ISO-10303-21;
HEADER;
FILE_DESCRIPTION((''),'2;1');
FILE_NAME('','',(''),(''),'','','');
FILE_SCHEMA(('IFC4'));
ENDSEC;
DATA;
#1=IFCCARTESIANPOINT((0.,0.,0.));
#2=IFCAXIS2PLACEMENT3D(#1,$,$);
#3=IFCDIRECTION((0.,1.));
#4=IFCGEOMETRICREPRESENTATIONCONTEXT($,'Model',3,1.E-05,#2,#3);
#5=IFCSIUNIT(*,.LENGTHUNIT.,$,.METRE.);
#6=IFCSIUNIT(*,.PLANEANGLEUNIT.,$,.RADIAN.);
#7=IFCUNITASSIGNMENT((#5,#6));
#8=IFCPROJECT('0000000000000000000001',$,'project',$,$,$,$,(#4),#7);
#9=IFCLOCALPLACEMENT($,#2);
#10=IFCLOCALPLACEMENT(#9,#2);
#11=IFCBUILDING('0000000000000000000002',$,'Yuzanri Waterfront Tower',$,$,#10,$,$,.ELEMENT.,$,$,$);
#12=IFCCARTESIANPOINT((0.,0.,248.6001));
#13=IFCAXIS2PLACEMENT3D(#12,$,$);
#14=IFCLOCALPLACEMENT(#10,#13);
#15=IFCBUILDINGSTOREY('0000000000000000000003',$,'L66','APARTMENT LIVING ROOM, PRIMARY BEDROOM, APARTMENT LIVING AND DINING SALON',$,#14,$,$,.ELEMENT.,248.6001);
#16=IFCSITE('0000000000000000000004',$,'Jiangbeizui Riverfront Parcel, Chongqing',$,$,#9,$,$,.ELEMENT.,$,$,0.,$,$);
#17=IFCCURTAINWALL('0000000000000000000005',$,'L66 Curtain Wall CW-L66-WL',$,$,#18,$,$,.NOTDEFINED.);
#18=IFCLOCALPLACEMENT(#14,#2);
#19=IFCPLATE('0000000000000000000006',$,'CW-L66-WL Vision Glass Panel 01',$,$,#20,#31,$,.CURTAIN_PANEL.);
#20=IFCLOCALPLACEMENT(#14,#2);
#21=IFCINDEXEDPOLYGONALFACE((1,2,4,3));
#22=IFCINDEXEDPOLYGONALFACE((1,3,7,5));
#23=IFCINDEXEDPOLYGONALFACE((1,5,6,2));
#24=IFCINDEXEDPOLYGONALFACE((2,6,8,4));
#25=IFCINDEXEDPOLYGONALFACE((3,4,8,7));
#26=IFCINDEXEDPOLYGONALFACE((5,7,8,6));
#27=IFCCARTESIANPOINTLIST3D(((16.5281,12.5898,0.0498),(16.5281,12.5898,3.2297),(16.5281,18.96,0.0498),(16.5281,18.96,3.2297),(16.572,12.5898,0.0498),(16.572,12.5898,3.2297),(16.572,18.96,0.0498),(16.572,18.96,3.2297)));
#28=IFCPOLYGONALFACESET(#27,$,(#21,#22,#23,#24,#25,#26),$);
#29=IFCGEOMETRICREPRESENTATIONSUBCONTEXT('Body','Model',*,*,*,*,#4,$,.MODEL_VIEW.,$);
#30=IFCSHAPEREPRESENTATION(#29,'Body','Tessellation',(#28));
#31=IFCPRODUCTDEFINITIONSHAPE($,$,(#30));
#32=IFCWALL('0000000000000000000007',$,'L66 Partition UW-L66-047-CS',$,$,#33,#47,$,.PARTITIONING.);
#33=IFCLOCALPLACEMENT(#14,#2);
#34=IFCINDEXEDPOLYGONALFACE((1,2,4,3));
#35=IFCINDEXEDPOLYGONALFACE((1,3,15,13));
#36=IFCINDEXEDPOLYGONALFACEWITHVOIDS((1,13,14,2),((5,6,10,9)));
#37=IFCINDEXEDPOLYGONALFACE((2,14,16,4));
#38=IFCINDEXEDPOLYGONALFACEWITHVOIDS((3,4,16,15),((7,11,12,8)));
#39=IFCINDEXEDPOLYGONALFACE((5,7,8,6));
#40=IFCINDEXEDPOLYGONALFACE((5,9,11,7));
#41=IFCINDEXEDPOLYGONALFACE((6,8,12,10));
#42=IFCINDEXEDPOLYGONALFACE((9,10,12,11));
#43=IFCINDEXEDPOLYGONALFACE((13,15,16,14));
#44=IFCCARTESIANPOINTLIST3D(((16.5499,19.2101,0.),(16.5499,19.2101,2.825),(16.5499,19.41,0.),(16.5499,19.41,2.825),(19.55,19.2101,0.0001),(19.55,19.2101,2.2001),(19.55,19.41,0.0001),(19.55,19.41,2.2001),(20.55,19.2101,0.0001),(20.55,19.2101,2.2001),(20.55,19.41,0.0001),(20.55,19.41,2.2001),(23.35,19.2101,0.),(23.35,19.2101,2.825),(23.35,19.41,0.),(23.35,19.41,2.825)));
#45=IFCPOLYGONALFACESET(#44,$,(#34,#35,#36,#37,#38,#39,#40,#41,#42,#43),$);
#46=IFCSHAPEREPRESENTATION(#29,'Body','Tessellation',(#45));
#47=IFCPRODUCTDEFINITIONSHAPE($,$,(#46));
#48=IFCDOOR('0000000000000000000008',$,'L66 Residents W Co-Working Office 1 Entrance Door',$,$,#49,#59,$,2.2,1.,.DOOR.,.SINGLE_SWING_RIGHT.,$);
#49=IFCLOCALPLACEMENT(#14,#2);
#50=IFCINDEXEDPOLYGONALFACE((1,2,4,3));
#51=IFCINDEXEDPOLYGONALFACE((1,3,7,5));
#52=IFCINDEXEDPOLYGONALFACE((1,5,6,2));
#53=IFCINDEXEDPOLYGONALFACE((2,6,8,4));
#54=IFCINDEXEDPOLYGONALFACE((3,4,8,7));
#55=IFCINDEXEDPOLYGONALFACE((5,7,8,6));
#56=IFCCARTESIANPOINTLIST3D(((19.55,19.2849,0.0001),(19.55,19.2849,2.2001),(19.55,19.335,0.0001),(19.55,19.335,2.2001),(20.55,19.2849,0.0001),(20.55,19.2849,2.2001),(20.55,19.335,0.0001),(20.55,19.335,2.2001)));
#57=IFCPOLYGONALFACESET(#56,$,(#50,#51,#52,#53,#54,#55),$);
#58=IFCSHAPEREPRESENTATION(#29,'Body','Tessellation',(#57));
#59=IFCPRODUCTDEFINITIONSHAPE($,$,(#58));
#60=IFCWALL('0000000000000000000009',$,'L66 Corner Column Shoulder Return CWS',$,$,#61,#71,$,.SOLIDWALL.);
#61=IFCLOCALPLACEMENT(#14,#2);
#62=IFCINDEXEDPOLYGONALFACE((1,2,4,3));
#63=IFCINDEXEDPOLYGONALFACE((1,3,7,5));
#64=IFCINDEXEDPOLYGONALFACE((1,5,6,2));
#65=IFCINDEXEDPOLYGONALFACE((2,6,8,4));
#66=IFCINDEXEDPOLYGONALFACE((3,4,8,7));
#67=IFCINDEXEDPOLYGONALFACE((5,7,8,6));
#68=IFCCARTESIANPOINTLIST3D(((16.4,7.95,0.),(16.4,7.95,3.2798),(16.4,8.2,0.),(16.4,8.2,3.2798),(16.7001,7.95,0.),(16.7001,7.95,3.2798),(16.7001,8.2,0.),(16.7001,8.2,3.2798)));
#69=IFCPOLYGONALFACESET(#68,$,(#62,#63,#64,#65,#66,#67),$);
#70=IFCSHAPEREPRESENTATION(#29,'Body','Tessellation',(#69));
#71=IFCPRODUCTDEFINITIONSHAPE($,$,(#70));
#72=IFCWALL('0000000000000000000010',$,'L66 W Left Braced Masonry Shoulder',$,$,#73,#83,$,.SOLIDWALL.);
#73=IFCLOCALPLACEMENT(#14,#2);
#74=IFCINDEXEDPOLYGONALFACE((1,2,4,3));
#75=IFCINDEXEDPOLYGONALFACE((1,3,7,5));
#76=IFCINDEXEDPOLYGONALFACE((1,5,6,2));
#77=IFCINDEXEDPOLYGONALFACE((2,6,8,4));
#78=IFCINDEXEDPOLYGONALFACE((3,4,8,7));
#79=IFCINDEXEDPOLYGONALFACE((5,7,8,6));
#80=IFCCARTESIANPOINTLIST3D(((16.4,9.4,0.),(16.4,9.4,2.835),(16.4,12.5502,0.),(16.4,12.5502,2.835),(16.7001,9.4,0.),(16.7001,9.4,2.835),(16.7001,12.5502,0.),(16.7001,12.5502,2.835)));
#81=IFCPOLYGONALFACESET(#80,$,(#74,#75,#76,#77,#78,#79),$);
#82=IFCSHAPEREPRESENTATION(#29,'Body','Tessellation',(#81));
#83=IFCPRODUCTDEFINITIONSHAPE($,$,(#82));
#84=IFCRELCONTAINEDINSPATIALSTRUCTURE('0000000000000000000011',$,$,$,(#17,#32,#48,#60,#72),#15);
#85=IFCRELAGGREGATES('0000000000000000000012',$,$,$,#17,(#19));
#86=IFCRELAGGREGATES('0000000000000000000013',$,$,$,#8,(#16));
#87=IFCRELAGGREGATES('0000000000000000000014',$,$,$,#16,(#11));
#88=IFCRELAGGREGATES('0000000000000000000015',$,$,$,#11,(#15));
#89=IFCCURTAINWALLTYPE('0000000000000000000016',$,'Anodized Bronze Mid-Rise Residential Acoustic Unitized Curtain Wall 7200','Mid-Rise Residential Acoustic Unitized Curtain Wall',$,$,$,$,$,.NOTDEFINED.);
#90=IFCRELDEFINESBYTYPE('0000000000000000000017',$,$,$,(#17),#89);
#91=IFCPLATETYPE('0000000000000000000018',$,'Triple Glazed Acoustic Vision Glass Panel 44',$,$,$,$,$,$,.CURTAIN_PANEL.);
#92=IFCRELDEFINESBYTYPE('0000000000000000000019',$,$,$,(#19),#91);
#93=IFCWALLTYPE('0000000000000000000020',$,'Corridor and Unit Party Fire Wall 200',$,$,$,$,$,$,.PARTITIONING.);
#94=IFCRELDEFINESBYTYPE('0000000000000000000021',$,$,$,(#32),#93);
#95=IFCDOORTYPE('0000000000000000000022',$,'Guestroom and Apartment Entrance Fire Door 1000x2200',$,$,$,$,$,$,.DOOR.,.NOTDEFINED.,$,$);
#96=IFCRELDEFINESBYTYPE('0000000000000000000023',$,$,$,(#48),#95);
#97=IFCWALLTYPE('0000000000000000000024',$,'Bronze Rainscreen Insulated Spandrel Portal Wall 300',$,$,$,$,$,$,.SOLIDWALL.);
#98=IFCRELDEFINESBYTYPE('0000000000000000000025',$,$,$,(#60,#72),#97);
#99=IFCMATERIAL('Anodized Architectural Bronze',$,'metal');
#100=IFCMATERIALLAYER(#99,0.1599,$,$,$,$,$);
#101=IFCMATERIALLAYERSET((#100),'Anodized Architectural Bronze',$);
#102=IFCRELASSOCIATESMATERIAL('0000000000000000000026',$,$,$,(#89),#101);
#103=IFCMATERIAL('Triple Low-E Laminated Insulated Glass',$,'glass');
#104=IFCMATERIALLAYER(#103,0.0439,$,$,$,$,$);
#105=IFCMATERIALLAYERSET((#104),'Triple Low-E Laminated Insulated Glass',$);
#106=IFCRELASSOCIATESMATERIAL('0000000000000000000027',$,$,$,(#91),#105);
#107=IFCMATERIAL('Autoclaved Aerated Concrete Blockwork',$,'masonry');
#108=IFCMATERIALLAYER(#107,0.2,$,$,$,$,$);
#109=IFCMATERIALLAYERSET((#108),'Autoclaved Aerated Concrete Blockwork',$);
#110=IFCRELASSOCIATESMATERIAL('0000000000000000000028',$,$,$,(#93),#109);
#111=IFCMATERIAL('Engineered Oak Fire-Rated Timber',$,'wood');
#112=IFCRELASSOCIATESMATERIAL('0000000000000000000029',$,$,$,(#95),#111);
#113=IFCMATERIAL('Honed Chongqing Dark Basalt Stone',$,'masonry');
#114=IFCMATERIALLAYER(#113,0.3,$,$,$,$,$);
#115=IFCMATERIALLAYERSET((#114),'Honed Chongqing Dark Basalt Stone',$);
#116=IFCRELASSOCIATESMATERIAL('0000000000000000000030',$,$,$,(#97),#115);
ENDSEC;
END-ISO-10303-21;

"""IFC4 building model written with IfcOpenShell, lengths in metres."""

from ifc_helpers import new_model, si_unit, direction, frame, frame_2d, origin, origin_2d, place, context, subcontext, project, spatial, rectangle, extrude, source, transform, mapped, material, layer, layer_set, type_object, element, fill, aggregate, save


model = new_model("IFC4")

# Units and contexts
model_context = context("Model", 3, precision=1e-05, world=origin(), true_north=direction((0.0, 1.0)))
body_context = subcontext(model_context, "Body", "Model", "MODEL_VIEW")
ifc_project = project(units=[si_unit("LENGTHUNIT", "METRE"), si_unit("PLANEANGLEUNIT", "RADIAN")], contexts=[model_context])

# Site, building, storey
site_placement = place(None, origin())
site = spatial("IfcSite", under=ifc_project, at=site_placement, Name="Jiangbeizui Riverfront Parcel, Chongqing", CompositionType="ELEMENT", RefElevation=0.0)
building_placement = place(site_placement, origin())
building = spatial("IfcBuilding", under=site, at=building_placement, Name="Yuzanri Waterfront Tower", CompositionType="ELEMENT")
storey_placement = place(building_placement, frame((0.0, 0.0, 248.6001)))
storey = spatial("IfcBuildingStorey", under=building, at=storey_placement, Name="L66", Description="APARTMENT LIVING ROOM, PRIMARY BEDROOM, APARTMENT LIVING AND DINING SALON", CompositionType="ELEMENT", Elevation=248.6001)

# Curtain wall
ifc_material_1 = material(Name="Anodized Architectural Bronze", Category="metal")
ifc_layer_1 = layer(ifc_material_1, 0.1599)
ifc_layer_set_1 = layer_set([ifc_layer_1], Name="Anodized Architectural Bronze")
curtain_wall_type = type_object("IfcCurtainWallType", Name="Anodized Bronze Mid-Rise Residential Acoustic Unitized Curtain Wall 7200", Description="Mid-Rise Residential Acoustic Unitized Curtain Wall", PredefinedType="NOTDEFINED", material=ifc_layer_set_1)
curtain_wall_placement = place(storey_placement, origin())
curtain_wall = element("IfcCurtainWall", 1, at=curtain_wall_placement, inside=storey, type_object=curtain_wall_type, Name="L66 Curtain Wall CW-L66-WL", PredefinedType="NOTDEFINED")

# Plate
ifc_material_2 = material(Name="Triple Low-E Laminated Insulated Glass", Category="glass")
ifc_layer_2 = layer(ifc_material_2, 0.0439)
ifc_layer_set_2 = layer_set([ifc_layer_2], Name="Triple Low-E Laminated Insulated Glass")
plate_type_1 = type_object("IfcPlateType", Name="Triple Glazed Acoustic Vision Glass Panel 44", PredefinedType="CURTAIN_PANEL", material=ifc_layer_set_2)
shared_shape_1 = source(origin(), body_context, "Body", "SweptSolid", [
    extrude(rectangle(XDim=6.3701, YDim=0.0439, at=origin_2d()), origin(), (0.0, 0.0, 1.0), 3.1799),
])
plate_1_placement = place(storey_placement, frame((16.55, 15.7749, 0.0498), z_axis=(0.0, 0.0, 1.0), x_axis=(0.0, 1.0, 0.0)))
plate_1 = element("IfcPlate", 2, at=plate_1_placement, type_object=plate_type_1, Name="CW-L66-WL Vision Glass Panel 01", PredefinedType="CURTAIN_PANEL", context=body_context, shape_type="MappedRepresentation", body=[
    mapped(shared_shape_1, transform((0.0, 0.0, 0.0), scale=1.0)),
])
aggregate(curtain_wall, [plate_1])

# Wall, opening, door
ifc_material_3 = material(Name="Autoclaved Aerated Concrete Blockwork", Category="masonry")
ifc_layer_3 = layer(ifc_material_3, 0.2)
ifc_layer_set_3 = layer_set([ifc_layer_3], Name="Autoclaved Aerated Concrete Blockwork")
wall_type_1 = type_object("IfcWallType", Name="Corridor and Unit Party Fire Wall 200", PredefinedType="PARTITIONING", material=ifc_layer_set_3)
wall_1_placement = place(storey_placement, frame((16.55, 19.3101, 0.0), z_axis=(0.0, 0.0, 1.0), x_axis=(1.0, 0.0, 0.0)))
wall_1 = element("IfcWall", 3, at=wall_1_placement, inside=storey, type_object=wall_type_1, Name="L66 Partition UW-L66-047-CS", PredefinedType="PARTITIONING", context=body_context, shape_type="SweptSolid", body=[
    extrude(rectangle(XDim=6.8, YDim=0.2, at=frame_2d((3.3999, 0.0))), origin(), (0.0, 0.0, 1.0), 2.825),
])
opening_placement = place(wall_1_placement, frame((3.0, 0.0, 0.0)))
opening = element("IfcOpeningElement", 4, at=opening_placement, cuts=wall_1, PredefinedType="OPENING", context=body_context, shape_type="SweptSolid", body=[
    extrude(rectangle(XDim=1.0, YDim=2.2, at=frame_2d((0.5, 1.1001))), frame((0.0, 0.1147, 0.0), z_axis=(0.0, -1.0, 0.0), x_axis=(1.0, 0.0, 0.0)), (0.0, 0.0, 1.0), 0.2297),
])
ifc_material_4 = material(Name="Engineered Oak Fire-Rated Timber", Category="wood")
door_type = type_object("IfcDoorType", Name="Guestroom and Apartment Entrance Fire Door 1000x2200", OperationType="NOTDEFINED", PredefinedType="DOOR", material=ifc_material_4)
shared_shape_2 = source(origin(), body_context, "Body", "SweptSolid", [
    extrude(rectangle(XDim=1.0, YDim=2.2, at=frame_2d((0.5, 1.1001))), frame((0.0, 0.0249, 0.0), z_axis=(0.0, -1.0, 0.0), x_axis=(1.0, 0.0, 0.0)), (0.0, 0.0, 1.0), 0.05),
])
door_placement = place(opening_placement, origin())
door = element("IfcDoor", 5, at=door_placement, inside=storey, type_object=door_type, Name="L66 Residents W Co-Working Office 1 Entrance Door", OperationType="SINGLE_SWING_RIGHT", OverallHeight=2.2, OverallWidth=1.0, PredefinedType="DOOR", context=body_context, shape_type="MappedRepresentation", body=[
    mapped(shared_shape_2, transform((0.0, 0.0, 0.0), scale=1.0)),
])
fill(opening, door)

# Walls
ifc_material_5 = material(Name="Honed Chongqing Dark Basalt Stone", Category="masonry")
ifc_layer_4 = layer(ifc_material_5, 0.3)
ifc_layer_set_4 = layer_set([ifc_layer_4], Name="Honed Chongqing Dark Basalt Stone")
wall_type_2 = type_object("IfcWallType", Name="Bronze Rainscreen Insulated Spandrel Portal Wall 300", PredefinedType="SOLIDWALL", material=ifc_layer_set_4)
shared_shape_3 = source(origin(), body_context, "Body", "SweptSolid", [
    extrude(rectangle(XDim=0.25, YDim=0.3, at=frame_2d((0.125, 0.0))), origin(), (0.0, 0.0, 1.0), 3.2798),
])
wall_2_placement = place(storey_placement, frame((16.55, 7.95, 0.0), z_axis=(0.0, 0.0, 1.0), x_axis=(0.0, 1.0, 0.0)))
element("IfcWall", 6, at=wall_2_placement, inside=storey, type_object=wall_type_2, Name="L66 Corner Column Shoulder Return CWS", PredefinedType="SOLIDWALL", context=body_context, shape_type="MappedRepresentation", body=[
    mapped(shared_shape_3, transform((0.0, 0.0, 0.0), scale=1.0)),
])
shared_shape_4 = source(origin(), body_context, "Body", "SweptSolid", [
    extrude(rectangle(XDim=3.1501, YDim=0.3, at=frame_2d((1.5752, 0.0))), origin(), (0.0, 0.0, 1.0), 2.835),
])
wall_3_placement = place(storey_placement, frame((16.55, 9.3999, 0.0), z_axis=(0.0, 0.0, 1.0), x_axis=(0.0, 1.0, 0.0)))
element("IfcWall", 7, at=wall_3_placement, inside=storey, type_object=wall_type_2, Name="L66 W Left Braced Masonry Shoulder", PredefinedType="SOLIDWALL", context=body_context, shape_type="MappedRepresentation", body=[
    mapped(shared_shape_4, transform((0.0, 0.0, 0.0), scale=1.0)),
])

save(model, "model.ifc")
